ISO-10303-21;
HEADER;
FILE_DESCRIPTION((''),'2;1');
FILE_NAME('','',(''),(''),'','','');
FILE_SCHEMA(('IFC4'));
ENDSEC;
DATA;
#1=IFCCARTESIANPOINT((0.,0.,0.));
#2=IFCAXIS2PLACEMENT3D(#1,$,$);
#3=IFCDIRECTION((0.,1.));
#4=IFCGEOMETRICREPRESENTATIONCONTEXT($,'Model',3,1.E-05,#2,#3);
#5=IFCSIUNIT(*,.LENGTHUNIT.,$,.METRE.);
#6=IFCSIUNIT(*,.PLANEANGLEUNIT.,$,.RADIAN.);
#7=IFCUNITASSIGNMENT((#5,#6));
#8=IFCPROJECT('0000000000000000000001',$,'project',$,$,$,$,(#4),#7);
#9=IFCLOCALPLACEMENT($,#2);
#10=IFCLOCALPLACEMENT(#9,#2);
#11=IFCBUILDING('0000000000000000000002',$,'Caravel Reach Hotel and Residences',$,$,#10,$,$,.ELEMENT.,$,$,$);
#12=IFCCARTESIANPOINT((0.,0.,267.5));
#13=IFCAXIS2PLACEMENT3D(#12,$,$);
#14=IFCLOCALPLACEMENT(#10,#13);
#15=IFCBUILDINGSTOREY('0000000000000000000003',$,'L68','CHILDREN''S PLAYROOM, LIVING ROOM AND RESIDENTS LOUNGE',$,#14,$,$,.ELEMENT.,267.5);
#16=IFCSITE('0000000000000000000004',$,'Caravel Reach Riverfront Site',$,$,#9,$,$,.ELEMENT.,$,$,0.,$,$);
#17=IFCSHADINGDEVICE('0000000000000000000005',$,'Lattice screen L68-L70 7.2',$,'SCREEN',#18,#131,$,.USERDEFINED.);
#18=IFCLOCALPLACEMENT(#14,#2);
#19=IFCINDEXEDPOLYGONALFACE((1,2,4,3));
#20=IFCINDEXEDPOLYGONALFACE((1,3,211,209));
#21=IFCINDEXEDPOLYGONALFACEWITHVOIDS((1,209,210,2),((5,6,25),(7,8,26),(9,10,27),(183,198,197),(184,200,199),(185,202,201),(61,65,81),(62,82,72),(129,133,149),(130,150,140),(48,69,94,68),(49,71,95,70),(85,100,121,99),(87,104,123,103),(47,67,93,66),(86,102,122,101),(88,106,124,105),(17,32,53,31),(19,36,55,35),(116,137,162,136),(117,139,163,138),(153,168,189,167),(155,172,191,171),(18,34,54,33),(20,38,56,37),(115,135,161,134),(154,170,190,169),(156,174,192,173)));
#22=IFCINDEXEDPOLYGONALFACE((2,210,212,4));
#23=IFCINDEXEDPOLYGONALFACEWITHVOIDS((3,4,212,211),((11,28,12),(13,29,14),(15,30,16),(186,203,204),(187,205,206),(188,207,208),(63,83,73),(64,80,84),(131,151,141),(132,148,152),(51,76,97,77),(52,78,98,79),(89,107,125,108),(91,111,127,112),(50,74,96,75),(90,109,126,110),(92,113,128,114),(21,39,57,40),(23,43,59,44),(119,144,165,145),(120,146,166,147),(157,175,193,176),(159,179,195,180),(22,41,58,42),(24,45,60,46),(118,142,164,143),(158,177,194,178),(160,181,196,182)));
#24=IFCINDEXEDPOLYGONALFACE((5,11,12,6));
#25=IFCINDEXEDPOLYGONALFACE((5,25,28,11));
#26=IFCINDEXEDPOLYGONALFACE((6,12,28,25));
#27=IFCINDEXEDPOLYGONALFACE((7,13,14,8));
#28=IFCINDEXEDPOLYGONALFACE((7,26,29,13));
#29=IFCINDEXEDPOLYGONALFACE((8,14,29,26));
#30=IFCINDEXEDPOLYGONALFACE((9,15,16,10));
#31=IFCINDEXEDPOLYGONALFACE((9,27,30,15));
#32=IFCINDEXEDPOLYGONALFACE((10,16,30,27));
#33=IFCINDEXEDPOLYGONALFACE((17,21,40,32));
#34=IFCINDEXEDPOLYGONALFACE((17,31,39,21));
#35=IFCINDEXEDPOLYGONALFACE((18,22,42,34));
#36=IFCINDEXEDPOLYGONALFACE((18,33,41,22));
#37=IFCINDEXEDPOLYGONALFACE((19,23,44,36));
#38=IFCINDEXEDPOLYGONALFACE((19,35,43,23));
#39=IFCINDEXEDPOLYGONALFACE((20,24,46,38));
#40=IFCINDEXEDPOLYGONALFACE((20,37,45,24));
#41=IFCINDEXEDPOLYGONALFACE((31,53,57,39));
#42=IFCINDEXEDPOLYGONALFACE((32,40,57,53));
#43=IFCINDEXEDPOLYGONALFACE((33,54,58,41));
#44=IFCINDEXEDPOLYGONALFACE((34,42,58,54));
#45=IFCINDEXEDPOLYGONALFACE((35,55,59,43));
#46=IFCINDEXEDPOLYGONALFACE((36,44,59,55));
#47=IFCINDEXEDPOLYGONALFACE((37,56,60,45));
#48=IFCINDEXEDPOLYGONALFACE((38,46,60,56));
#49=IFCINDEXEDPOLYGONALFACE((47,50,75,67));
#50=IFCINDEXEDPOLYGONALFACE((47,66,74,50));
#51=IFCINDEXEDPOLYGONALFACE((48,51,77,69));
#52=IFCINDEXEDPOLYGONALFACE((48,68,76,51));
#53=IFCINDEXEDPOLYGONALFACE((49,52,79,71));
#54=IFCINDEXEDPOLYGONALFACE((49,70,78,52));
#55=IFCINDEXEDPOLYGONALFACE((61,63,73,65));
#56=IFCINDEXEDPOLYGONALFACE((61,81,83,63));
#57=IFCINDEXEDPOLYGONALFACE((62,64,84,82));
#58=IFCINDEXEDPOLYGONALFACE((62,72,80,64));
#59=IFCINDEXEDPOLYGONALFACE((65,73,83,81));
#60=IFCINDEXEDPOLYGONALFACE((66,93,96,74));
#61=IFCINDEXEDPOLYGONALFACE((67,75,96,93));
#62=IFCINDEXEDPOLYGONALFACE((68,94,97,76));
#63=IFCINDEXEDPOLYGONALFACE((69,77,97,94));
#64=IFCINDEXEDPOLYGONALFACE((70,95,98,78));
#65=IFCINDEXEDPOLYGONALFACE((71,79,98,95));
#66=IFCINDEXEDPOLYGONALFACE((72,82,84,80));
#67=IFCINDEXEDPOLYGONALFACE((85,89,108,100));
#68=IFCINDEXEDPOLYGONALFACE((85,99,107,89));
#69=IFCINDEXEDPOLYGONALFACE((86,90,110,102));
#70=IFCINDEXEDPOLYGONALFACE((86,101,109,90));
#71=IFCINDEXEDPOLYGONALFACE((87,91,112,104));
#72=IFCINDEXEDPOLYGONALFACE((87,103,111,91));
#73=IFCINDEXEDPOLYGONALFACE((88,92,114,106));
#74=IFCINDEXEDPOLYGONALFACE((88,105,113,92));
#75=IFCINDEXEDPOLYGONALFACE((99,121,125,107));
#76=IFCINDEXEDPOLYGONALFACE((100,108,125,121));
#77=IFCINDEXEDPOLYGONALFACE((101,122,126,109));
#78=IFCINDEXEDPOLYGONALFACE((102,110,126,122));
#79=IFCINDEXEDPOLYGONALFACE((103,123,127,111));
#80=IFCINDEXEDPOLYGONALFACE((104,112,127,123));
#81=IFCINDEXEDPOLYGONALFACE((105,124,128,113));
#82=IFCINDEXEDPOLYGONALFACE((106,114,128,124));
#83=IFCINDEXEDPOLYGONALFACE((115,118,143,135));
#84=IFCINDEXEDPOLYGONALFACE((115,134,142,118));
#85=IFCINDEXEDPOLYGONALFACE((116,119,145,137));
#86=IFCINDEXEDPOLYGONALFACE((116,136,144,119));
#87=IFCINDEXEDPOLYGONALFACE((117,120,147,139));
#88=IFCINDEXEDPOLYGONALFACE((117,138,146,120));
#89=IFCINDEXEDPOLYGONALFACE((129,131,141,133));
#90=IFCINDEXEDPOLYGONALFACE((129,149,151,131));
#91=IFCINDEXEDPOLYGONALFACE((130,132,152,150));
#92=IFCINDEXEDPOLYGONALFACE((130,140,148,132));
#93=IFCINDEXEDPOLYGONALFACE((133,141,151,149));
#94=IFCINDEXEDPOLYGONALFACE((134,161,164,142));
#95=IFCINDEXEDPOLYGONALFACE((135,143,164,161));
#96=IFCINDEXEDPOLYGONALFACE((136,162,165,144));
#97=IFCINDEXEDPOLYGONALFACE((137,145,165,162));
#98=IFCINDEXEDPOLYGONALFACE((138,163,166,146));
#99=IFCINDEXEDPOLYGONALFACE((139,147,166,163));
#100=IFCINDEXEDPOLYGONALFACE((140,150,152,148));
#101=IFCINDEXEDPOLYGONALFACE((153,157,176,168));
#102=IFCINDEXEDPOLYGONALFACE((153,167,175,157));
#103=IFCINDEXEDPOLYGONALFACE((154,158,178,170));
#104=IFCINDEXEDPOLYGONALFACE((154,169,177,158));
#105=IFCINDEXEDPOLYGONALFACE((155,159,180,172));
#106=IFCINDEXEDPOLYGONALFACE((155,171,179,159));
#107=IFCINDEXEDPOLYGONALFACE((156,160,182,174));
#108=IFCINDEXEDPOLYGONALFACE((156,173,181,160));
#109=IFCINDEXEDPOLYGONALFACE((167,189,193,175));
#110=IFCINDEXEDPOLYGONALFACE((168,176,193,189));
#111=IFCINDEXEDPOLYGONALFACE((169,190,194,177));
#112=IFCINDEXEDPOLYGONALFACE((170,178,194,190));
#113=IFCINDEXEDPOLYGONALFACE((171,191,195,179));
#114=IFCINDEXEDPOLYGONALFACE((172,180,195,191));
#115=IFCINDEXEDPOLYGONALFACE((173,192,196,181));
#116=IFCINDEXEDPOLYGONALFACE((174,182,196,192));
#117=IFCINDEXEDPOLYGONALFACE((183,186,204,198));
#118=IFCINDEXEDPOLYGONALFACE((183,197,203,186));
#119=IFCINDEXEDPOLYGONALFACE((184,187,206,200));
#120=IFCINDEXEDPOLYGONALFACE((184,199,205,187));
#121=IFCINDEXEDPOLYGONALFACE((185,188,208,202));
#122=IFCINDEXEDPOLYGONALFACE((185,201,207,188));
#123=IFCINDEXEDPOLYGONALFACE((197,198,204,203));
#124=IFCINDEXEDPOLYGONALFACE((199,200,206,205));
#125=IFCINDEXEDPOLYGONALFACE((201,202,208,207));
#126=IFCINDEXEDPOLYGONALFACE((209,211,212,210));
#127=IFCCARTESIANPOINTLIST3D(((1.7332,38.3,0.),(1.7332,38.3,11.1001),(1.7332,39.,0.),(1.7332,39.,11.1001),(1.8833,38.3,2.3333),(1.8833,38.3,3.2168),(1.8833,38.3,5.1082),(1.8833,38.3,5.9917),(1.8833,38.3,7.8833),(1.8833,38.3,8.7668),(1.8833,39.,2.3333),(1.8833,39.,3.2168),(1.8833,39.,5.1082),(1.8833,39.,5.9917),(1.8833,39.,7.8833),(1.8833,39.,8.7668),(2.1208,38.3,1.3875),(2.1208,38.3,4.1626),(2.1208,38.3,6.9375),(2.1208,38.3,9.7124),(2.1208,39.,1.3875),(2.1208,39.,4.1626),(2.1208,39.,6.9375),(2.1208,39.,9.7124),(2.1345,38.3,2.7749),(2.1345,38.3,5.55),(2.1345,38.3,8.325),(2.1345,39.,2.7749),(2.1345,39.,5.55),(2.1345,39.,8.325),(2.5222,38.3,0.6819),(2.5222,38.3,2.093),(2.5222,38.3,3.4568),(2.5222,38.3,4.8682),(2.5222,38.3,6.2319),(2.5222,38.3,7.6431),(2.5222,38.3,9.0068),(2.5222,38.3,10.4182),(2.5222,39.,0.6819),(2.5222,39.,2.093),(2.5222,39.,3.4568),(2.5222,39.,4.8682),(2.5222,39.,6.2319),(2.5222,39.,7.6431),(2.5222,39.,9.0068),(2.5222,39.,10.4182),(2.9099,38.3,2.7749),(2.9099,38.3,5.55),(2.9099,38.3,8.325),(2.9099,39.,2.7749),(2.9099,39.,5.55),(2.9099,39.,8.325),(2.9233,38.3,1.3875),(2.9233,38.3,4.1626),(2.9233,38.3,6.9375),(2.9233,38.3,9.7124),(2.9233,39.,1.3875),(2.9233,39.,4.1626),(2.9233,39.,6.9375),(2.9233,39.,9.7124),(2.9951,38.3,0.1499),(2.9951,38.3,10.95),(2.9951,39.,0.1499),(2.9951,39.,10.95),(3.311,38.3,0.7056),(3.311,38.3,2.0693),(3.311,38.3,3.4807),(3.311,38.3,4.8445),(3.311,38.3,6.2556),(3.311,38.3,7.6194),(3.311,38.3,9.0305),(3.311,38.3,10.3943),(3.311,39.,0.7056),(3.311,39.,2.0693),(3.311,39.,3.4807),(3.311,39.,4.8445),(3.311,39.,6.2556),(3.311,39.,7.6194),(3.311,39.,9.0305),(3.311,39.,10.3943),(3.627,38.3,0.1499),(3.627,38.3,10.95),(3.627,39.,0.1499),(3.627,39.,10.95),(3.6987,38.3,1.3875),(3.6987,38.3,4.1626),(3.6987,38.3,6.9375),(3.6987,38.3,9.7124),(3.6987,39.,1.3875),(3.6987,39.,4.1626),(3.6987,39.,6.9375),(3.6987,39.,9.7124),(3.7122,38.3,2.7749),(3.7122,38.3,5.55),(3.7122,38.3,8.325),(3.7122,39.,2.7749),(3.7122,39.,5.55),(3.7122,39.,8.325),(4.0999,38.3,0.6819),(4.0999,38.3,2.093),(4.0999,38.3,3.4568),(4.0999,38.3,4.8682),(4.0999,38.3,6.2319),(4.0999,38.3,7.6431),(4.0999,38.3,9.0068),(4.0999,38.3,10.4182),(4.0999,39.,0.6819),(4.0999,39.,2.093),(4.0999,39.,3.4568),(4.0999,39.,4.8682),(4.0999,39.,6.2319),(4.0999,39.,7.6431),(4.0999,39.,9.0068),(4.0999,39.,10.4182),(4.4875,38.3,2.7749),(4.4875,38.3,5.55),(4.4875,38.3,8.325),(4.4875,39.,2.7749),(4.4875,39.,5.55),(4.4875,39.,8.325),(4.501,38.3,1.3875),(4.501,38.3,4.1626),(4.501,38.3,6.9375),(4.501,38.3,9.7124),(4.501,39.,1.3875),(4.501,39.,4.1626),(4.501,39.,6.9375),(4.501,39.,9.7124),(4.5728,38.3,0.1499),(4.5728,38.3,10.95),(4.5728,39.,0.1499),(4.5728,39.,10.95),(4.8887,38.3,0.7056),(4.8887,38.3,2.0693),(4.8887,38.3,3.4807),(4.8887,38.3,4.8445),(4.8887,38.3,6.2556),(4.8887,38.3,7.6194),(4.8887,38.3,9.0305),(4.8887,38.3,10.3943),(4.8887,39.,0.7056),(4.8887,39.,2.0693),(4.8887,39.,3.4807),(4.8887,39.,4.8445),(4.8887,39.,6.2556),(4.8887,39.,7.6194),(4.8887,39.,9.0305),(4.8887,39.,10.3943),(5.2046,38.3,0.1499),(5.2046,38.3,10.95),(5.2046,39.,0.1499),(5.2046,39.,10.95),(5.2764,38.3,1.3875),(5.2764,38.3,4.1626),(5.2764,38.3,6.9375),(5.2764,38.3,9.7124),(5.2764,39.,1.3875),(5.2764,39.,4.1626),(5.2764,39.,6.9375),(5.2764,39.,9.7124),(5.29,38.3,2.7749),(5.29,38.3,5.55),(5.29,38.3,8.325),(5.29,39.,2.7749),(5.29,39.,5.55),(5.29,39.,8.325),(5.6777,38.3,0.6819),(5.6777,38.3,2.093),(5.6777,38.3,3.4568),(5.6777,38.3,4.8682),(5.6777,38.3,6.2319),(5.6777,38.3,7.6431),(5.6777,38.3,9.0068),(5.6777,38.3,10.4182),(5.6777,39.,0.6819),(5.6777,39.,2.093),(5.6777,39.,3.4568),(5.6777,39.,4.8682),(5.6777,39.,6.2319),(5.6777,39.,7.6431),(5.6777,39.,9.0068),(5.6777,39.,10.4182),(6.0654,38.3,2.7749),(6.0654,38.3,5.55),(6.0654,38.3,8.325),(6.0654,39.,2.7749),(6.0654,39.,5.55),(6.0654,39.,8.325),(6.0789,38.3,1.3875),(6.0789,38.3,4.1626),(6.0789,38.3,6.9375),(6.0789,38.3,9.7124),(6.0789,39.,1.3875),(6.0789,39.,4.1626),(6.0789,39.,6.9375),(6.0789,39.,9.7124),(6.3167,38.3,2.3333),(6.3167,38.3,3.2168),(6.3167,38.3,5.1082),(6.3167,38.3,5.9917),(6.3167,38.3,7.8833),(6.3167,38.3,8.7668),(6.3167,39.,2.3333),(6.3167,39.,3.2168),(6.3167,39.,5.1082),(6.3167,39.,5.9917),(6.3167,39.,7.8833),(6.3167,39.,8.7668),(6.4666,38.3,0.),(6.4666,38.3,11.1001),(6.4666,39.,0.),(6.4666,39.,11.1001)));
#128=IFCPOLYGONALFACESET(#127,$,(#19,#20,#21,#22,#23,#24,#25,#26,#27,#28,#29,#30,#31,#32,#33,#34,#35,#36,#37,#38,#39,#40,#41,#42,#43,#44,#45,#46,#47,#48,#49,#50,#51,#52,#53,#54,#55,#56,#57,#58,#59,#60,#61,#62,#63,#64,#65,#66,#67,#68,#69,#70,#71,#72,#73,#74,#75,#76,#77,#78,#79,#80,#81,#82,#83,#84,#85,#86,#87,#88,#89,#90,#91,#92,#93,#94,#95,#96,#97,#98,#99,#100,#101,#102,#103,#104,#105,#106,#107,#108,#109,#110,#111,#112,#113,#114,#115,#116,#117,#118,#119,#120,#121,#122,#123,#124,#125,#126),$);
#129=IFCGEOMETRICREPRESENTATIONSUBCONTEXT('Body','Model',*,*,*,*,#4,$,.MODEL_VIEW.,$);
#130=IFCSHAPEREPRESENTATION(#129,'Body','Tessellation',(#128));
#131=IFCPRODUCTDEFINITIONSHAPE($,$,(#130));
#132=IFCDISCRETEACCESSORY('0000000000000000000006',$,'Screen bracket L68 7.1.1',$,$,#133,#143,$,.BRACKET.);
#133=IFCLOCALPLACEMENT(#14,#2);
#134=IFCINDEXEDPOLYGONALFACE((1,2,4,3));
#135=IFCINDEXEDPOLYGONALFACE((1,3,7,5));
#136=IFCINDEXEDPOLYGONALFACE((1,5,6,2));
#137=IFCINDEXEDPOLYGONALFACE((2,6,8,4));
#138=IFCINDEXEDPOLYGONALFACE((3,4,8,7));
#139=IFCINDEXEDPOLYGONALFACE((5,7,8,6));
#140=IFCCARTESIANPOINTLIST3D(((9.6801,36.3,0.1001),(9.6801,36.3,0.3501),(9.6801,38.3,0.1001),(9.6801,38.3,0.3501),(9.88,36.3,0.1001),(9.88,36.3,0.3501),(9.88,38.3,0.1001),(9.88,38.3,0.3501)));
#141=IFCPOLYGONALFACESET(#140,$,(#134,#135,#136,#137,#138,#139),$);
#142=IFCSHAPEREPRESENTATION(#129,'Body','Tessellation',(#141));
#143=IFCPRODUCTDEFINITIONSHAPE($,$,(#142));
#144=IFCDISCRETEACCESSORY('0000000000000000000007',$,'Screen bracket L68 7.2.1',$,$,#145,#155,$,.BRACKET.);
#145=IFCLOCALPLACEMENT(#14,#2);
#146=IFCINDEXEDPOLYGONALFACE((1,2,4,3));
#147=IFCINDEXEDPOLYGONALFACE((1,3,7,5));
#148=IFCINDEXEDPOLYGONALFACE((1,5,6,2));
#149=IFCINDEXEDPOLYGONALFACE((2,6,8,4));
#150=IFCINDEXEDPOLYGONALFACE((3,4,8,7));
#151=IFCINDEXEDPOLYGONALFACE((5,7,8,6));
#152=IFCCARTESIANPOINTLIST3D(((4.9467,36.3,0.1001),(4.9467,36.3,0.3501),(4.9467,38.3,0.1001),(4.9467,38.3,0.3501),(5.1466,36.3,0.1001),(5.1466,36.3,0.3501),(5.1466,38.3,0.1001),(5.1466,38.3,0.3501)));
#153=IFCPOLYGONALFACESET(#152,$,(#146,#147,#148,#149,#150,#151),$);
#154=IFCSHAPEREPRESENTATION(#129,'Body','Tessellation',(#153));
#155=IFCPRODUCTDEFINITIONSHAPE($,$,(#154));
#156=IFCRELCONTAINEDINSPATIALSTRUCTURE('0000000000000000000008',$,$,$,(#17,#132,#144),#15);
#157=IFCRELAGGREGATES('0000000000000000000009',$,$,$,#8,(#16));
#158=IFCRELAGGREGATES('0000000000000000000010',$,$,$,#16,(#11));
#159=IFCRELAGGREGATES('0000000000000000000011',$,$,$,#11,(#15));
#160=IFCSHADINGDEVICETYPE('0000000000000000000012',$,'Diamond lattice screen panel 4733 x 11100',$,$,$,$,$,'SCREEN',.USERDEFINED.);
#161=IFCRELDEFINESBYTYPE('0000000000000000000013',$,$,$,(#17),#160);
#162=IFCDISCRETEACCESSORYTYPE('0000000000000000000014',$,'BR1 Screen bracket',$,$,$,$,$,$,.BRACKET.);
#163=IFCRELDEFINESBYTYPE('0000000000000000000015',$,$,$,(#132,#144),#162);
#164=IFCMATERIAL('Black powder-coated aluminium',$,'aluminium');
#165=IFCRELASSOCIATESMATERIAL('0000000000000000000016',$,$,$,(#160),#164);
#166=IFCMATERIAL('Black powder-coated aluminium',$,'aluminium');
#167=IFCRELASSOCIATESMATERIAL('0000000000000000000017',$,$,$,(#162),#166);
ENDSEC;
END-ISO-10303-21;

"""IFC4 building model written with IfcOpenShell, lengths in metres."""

from ifc_helpers import new_model, si_unit, direction, frame, origin, origin_2d, place, context, subcontext, project, spatial, polyline, rectangle, outline, extrude, material, type_object, element, save


model = new_model("IFC4")

# Units and contexts
model_context = context("Model", 3, precision=1e-05, world=origin(), true_north=direction((0.0, 1.0)))
body_context = subcontext(model_context, "Body", "Model", "MODEL_VIEW")
ifc_project = project(units=[si_unit("LENGTHUNIT", "METRE"), si_unit("PLANEANGLEUNIT", "RADIAN")], contexts=[model_context])

# Site, building, storey
site_placement = place(None, origin())
site = spatial("IfcSite", under=ifc_project, at=site_placement, Name="Caravel Reach Riverfront Site", CompositionType="ELEMENT", RefElevation=0.0)
building_placement = place(site_placement, origin())
building = spatial("IfcBuilding", under=site, at=building_placement, Name="Caravel Reach Hotel and Residences", CompositionType="ELEMENT")
storey_placement = place(building_placement, frame((0.0, 0.0, 267.5)))
storey = spatial("IfcBuildingStorey", under=building, at=storey_placement, Name="L68", Description="CHILDREN'S PLAYROOM, LIVING ROOM AND RESIDENTS LOUNGE", CompositionType="ELEMENT", Elevation=267.5)

# Shading device
ifc_material_1 = material(Name="Black powder-coated aluminium", Category="aluminium")
shading_device_type = type_object("IfcShadingDeviceType", Name="Diamond lattice screen panel 4733 x 11100", ElementType="SCREEN", PredefinedType="USERDEFINED", material=ifc_material_1)
shading_device_placement = place(storey_placement, frame((6.4666, 38.3, 0.0), z_axis=(0.0, 1.0, 0.0), x_axis=(-1.0, 0.0, 0.0)))
element("IfcShadingDevice", 1, at=shading_device_placement, inside=storey, type_object=shading_device_type, Name="Lattice screen L68-L70 7.2", ObjectType="SCREEN", PredefinedType="USERDEFINED", context=body_context, shape_type="SweptSolid", body=[
    extrude(outline(polyline([(0.0, 0.0), (4.7334, 0.0), (4.7334, 11.1001), (0.0, 11.1001), (0.0, 0.0)]), holes=[polyline([(0.4011, 2.7749), (0.1499, 3.2168), (0.1499, 2.3333), (0.4011, 2.7749)]), polyline([(0.4011, 5.55), (0.1499, 5.9917), (0.1499, 5.1082), (0.4011, 5.55)]), polyline([(0.4011, 8.325), (0.1499, 8.7668), (0.1499, 7.8833), (0.4011, 8.325)]), polyline([(0.7888, 2.093), (0.3877, 1.3875), (0.7888, 0.6819), (1.1902, 1.3875), (0.7888, 2.093)]), polyline([(0.7888, 4.8682), (0.3877, 4.1626), (0.7888, 3.4568), (1.1902, 4.1626), (0.7888, 4.8682)]), polyline([(0.7888, 7.6431), (0.3877, 6.9375), (0.7888, 6.2319), (1.1902, 6.9375), (0.7888, 7.6431)]), polyline([(0.7888, 10.4182), (0.3877, 9.7124), (0.7888, 9.0068), (1.1902, 9.7124), (0.7888, 10.4182)]), polyline([(1.5779, 0.7056), (1.262, 0.1499), (1.8938, 0.1499), (1.5779, 0.7056)]), polyline([(1.5779, 3.4807), (1.1765, 2.7749), (1.5779, 2.0693), (1.979, 2.7749), (1.5779, 3.4807)]), polyline([(1.5779, 6.2556), (1.1765, 5.55), (1.5779, 4.8445), (1.979, 5.55), (1.5779, 6.2556)]), polyline([(1.5779, 9.0305), (1.1765, 8.325), (1.5779, 7.6194), (1.979, 8.325), (1.5779, 9.0305)]), polyline([(1.5779, 10.3943), (1.8938, 10.95), (1.262, 10.95), (1.5779, 10.3943)]), polyline([(2.3667, 2.093), (1.9656, 1.3875), (2.3667, 0.6819), (2.7678, 1.3875), (2.3667, 2.093)]), polyline([(2.3667, 4.8682), (1.9656, 4.1626), (2.3667, 3.4568), (2.7678, 4.1626), (2.3667, 4.8682)]), polyline([(2.3667, 7.6431), (1.9656, 6.9375), (2.3667, 6.2319), (2.7678, 6.9375), (2.3667, 7.6431)]), polyline([(2.3667, 10.4182), (1.9656, 9.7124), (2.3667, 9.0068), (2.7678, 9.7124), (2.3667, 10.4182)]), polyline([(3.1555, 0.7056), (2.8396, 0.1499), (3.4714, 0.1499), (3.1555, 0.7056)]), polyline([(3.1555, 3.4807), (2.7544, 2.7749), (3.1555, 2.0693), (3.5566, 2.7749), (3.1555, 3.4807)]), polyline([(3.1555, 6.2556), (2.7544, 5.55), (3.1555, 4.8445), (3.5566, 5.55), (3.1555, 6.2556)]), polyline([(3.1555, 9.0305), (2.7544, 8.325), (3.1555, 7.6194), (3.5566, 8.325), (3.1555, 9.0305)]), polyline([(3.1555, 10.3943), (3.4714, 10.95), (2.8396, 10.95), (3.1555, 10.3943)]), polyline([(3.9443, 2.093), (3.5432, 1.3875), (3.9443, 0.6819), (4.3457, 1.3875), (3.9443, 2.093)]), polyline([(3.9443, 4.8682), (3.5432, 4.1626), (3.9443, 3.4568), (4.3457, 4.1626), (3.9443, 4.8682)]), polyline([(3.9443, 7.6431), (3.5432, 6.9375), (3.9443, 6.2319), (4.3457, 6.9375), (3.9443, 7.6431)]), polyline([(3.9443, 10.4182), (3.5432, 9.7124), (3.9443, 9.0068), (4.3457, 9.7124), (3.9443, 10.4182)]), polyline([(4.332, 2.7749), (4.5833, 2.3333), (4.5833, 3.2168), (4.332, 2.7749)]), polyline([(4.332, 5.55), (4.5833, 5.1082), (4.5833, 5.9917), (4.332, 5.55)]), polyline([(4.332, 8.325), (4.5833, 7.8833), (4.5833, 8.7668), (4.332, 8.325)])]), origin(), (0.0, 0.0, 1.0), 0.7),
])

# Discrete accessories
ifc_material_2 = material(Name="Black powder-coated aluminium", Category="aluminium")
discrete_accessory_type = type_object("IfcDiscreteAccessoryType", Name="BR1 Screen bracket", PredefinedType="BRACKET", material=ifc_material_2)
for number, where, z_axis, x_axis, name in (
    (2, (9.78, 37.3, 0.1001), (0.0, 0.0, 1.0), (0.0, 1.0, 0.0), "Screen bracket L68 7.1.1"),
    (3, (5.0466, 37.3, 0.1001), (0.0, 0.0, 1.0), (0.0, 1.0, 0.0), "Screen bracket L68 7.2.1"),
):
    element("IfcDiscreteAccessory", number, at=place(storey_placement, frame(where, z_axis=z_axis, x_axis=x_axis)), inside=storey, type_object=discrete_accessory_type, Name=name, PredefinedType="BRACKET", context=body_context, shape_type="SweptSolid", body=[
        extrude(rectangle(XDim=2.0, YDim=0.2, at=origin_2d()), origin(), (0.0, 0.0, 1.0), 0.25),
    ])

save(model, "model.ifc")
